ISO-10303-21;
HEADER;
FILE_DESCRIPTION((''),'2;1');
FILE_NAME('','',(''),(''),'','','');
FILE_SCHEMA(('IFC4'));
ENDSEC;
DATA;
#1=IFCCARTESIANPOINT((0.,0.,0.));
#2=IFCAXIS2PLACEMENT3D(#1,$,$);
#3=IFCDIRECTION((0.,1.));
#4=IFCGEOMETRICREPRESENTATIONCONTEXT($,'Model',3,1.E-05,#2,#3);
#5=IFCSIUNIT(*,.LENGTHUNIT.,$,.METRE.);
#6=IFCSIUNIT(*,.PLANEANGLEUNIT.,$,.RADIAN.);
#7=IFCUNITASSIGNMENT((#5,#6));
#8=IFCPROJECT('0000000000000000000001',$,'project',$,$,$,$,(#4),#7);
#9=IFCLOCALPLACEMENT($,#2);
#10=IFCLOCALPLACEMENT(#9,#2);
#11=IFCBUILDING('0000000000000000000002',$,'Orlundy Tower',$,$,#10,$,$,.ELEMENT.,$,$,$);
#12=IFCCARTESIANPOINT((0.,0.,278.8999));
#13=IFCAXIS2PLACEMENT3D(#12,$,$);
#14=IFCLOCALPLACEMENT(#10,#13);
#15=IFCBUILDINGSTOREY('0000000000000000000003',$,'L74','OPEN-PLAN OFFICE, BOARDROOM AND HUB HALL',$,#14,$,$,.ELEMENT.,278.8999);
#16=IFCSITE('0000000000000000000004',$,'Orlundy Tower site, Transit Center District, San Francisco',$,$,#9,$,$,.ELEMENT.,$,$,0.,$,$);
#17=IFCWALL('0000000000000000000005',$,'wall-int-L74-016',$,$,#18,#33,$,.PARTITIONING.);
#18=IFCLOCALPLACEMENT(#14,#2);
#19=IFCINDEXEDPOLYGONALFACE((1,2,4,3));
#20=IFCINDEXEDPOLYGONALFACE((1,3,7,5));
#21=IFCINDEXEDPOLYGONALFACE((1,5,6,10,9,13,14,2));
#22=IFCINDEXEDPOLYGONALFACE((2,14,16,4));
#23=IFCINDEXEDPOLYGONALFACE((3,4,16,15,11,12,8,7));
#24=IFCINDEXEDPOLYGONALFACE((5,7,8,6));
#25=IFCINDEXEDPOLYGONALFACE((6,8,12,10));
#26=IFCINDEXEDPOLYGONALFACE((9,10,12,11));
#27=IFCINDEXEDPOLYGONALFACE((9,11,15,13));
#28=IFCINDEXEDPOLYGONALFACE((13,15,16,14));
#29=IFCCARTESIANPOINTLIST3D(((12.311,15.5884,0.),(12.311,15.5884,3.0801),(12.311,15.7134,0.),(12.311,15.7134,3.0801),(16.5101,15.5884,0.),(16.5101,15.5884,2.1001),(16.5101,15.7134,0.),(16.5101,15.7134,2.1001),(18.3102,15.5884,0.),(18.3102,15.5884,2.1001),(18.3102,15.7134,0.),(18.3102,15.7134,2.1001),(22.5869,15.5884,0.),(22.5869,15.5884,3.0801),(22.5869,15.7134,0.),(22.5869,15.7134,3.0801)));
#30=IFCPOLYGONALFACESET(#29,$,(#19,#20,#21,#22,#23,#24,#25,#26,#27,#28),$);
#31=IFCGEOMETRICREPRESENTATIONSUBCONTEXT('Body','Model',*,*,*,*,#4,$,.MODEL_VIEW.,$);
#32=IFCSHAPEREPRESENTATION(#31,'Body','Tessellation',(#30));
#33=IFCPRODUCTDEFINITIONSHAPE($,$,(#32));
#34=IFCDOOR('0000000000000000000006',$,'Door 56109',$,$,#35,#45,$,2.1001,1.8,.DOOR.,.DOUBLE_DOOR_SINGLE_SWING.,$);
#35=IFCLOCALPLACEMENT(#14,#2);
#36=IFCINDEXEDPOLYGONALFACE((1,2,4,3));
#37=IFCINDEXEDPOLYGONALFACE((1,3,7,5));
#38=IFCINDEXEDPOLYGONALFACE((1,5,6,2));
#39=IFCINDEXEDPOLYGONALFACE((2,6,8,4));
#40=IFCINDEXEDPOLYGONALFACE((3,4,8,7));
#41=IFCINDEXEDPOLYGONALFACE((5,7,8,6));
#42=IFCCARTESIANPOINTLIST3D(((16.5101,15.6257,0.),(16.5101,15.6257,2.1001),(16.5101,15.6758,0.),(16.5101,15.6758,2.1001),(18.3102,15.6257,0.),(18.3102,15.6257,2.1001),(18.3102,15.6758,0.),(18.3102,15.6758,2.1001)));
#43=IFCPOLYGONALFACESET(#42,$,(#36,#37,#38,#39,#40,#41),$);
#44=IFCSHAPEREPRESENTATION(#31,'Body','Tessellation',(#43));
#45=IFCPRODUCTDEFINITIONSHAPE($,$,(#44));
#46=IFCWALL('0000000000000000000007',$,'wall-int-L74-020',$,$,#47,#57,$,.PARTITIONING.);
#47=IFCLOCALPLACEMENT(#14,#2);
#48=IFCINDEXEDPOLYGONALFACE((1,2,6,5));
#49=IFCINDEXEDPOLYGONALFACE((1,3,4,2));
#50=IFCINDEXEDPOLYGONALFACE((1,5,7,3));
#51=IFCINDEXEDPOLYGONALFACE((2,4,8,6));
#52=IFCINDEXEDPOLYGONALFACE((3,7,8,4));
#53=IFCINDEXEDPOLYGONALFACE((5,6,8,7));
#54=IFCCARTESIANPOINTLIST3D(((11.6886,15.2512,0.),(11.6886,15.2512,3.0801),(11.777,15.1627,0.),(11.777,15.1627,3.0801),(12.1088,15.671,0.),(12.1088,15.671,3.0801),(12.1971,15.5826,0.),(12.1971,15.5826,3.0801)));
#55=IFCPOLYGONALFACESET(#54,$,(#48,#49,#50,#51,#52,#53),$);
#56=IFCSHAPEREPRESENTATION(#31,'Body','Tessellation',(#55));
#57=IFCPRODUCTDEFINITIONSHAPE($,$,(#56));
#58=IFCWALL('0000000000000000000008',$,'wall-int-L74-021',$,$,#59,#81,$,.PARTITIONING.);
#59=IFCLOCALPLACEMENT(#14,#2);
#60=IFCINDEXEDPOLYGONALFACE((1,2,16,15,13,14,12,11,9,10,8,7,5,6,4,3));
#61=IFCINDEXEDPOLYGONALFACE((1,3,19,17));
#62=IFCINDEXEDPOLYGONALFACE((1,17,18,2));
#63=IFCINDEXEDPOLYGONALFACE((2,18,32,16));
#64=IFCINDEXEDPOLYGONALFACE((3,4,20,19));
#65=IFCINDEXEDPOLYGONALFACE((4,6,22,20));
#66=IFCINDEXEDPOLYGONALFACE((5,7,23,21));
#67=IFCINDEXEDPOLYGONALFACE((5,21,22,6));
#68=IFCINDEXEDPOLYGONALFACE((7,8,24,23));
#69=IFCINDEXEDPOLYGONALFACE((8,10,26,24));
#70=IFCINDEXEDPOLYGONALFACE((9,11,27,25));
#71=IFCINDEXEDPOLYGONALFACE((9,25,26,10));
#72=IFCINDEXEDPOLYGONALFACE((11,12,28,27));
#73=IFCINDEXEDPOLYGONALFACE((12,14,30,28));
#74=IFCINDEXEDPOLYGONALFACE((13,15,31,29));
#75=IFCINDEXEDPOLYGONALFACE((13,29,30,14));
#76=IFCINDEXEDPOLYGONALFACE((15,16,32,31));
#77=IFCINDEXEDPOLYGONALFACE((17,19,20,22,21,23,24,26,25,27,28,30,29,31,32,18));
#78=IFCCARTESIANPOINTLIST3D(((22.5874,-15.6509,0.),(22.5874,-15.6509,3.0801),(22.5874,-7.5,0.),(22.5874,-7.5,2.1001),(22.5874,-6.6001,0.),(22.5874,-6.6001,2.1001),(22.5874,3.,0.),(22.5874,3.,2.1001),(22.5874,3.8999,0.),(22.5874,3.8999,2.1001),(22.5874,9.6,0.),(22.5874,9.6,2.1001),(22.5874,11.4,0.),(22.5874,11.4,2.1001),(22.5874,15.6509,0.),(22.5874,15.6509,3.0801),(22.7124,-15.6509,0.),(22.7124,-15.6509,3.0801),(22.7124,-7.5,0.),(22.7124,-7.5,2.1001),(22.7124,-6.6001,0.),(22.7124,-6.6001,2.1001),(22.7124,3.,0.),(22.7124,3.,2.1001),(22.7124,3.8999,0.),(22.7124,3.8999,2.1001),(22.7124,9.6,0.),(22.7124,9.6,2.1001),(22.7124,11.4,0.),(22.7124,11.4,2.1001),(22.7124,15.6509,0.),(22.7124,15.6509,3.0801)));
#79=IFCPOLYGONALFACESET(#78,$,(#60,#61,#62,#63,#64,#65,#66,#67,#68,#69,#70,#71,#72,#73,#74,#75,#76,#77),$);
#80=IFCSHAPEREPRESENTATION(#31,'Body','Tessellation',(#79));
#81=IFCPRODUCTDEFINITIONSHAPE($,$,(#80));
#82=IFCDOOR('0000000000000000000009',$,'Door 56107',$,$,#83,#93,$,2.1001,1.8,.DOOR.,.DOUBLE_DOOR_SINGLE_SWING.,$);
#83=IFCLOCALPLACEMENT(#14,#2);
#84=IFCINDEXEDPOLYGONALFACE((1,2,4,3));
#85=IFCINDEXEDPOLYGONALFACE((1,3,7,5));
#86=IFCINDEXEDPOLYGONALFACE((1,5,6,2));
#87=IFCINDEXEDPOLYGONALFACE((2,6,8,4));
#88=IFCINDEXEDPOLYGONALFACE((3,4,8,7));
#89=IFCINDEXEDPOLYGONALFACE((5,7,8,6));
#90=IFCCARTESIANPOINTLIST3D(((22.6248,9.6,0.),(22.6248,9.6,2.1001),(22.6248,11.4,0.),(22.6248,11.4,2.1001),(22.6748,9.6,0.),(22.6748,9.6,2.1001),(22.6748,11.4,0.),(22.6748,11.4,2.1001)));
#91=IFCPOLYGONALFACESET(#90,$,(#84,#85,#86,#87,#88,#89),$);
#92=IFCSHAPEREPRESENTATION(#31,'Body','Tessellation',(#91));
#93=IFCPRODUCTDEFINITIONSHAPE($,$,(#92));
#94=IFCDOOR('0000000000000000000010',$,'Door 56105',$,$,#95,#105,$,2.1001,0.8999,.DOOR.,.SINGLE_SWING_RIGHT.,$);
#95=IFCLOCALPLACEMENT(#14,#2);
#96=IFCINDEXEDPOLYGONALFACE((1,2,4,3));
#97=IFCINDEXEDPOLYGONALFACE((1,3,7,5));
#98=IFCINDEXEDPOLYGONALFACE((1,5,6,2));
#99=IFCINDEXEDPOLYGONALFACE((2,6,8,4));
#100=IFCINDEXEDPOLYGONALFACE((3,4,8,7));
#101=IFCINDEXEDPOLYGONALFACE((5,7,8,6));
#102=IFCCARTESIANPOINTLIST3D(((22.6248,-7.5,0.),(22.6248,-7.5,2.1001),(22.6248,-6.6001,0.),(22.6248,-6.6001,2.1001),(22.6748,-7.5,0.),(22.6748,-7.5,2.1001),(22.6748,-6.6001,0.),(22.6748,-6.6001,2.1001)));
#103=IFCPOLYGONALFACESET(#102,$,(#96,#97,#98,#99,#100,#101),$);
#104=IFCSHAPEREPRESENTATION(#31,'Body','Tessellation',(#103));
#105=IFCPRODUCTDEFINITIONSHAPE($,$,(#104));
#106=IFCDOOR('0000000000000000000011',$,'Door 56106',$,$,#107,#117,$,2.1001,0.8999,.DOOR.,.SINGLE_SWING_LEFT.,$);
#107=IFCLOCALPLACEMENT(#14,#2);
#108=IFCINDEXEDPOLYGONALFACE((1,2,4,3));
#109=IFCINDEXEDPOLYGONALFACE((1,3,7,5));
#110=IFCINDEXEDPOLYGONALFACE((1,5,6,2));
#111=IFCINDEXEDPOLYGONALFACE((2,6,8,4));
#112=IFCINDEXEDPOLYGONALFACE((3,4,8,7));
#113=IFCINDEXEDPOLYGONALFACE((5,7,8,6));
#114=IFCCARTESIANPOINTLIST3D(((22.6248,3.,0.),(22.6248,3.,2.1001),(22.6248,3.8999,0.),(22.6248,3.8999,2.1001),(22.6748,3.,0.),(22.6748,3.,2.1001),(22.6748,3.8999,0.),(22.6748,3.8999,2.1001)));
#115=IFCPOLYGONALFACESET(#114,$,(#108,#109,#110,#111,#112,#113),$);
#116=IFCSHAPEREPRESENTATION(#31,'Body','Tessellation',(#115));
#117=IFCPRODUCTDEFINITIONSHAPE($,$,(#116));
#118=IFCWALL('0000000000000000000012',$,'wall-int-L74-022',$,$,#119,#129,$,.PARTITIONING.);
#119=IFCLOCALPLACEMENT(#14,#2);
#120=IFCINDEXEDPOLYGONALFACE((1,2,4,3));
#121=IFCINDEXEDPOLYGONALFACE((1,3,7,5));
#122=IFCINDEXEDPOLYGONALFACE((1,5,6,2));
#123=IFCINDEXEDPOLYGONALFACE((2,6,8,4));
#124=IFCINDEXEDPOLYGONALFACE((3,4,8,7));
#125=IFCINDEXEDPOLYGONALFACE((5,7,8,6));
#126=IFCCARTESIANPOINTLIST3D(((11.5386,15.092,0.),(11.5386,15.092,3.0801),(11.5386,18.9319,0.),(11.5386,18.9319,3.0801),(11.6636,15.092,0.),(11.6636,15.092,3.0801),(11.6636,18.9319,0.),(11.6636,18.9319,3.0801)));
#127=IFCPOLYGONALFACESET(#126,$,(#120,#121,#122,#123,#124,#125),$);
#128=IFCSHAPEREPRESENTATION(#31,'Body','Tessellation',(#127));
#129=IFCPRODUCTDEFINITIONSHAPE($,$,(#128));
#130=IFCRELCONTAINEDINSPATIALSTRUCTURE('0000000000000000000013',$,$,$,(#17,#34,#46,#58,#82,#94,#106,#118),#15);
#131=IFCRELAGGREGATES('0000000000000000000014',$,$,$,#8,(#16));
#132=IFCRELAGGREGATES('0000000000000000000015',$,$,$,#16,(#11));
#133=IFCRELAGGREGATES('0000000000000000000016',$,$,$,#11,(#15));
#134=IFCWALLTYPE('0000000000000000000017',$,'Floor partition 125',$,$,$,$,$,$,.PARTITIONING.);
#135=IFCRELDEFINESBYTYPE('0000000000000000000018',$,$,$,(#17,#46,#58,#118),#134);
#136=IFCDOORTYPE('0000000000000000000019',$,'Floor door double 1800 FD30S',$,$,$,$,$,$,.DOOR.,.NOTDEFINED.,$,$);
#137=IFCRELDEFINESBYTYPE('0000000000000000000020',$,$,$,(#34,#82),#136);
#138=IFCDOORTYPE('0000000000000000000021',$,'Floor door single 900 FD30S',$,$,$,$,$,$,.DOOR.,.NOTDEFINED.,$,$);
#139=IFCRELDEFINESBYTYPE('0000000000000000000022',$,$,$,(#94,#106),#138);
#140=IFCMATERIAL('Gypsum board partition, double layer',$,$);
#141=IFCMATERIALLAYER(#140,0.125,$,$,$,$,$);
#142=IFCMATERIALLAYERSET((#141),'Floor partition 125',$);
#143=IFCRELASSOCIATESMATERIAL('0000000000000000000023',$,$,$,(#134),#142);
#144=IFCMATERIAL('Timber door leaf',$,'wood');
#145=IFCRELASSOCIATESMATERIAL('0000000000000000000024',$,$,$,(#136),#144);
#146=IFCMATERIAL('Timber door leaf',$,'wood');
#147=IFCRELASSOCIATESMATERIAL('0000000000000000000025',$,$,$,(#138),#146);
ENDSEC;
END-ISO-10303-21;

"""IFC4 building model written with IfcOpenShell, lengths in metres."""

from ifc_helpers import new_model, si_unit, direction, frame, frame_2d, origin, place, context, subcontext, project, spatial, rectangle, extrude, material, layer, layer_set, type_object, element, fill, save


model = new_model("IFC4")

# Units and contexts
model_context = context("Model", 3, precision=1e-05, world=origin(), true_north=direction((0.0, 1.0)))
body_context = subcontext(model_context, "Body", "Model", "MODEL_VIEW")
ifc_project = project(units=[si_unit("LENGTHUNIT", "METRE"), si_unit("PLANEANGLEUNIT", "RADIAN")], contexts=[model_context])

# Site, building, storey
site_placement = place(None, origin())
site = spatial("IfcSite", under=ifc_project, at=site_placement, Name="Orlundy Tower site, Transit Center District, San Francisco", CompositionType="ELEMENT", RefElevation=0.0)
building_placement = place(site_placement, origin())
building = spatial("IfcBuilding", under=site, at=building_placement, Name="Orlundy Tower", CompositionType="ELEMENT")
storey_placement = place(building_placement, frame((0.0, 0.0, 278.8999)))
storey = spatial("IfcBuildingStorey", under=building, at=storey_placement, Name="L74", Description="OPEN-PLAN OFFICE, BOARDROOM AND HUB HALL", CompositionType="ELEMENT", Elevation=278.8999)

# Wall, opening, door
ifc_material_1 = material(Name="Gypsum board partition, double layer")
ifc_layer_1 = layer(ifc_material_1, 0.125)
ifc_layer_set_1 = layer_set([ifc_layer_1], Name="Floor partition 125")
wall_type = type_object("IfcWallType", Name="Floor partition 125", PredefinedType="PARTITIONING", material=ifc_layer_set_1)
wall_1_placement = place(storey_placement, frame((12.311, 15.6509, 0.0), z_axis=(0.0, 0.0, 1.0), x_axis=(1.0, 0.0, 0.0)))
wall_1 = element("IfcWall", 1, at=wall_1_placement, inside=storey, type_object=wall_type, Name="wall-int-L74-016", PredefinedType="PARTITIONING", context=body_context, shape_type="SweptSolid", body=[
    extrude(rectangle(XDim=10.2759, YDim=0.125, at=frame_2d((5.1379, 0.0))), origin(), (0.0, 0.0, 1.0), 3.0801),
])
opening_1_placement = place(wall_1_placement, frame((4.1992, 0.0, 0.0)))
opening_1 = element("IfcOpeningElement", 2, at=opening_1_placement, cuts=wall_1, PredefinedType="OPENING", context=body_context, shape_type="SweptSolid", body=[
    extrude(rectangle(XDim=1.8, YDim=2.1001, at=frame_2d((0.8999, 1.05))), frame((0.0, 0.0725, 0.0), z_axis=(0.0, -1.0, 0.0), x_axis=(1.0, 0.0, 0.0)), (0.0, 0.0, 1.0), 0.145),
])
ifc_material_2 = material(Name="Timber door leaf", Category="wood")
door_type_1 = type_object("IfcDoorType", Name="Floor door double 1800 FD30S", OperationType="NOTDEFINED", PredefinedType="DOOR", material=ifc_material_2)
door_1_placement = place(opening_1_placement, origin())
door_1 = element("IfcDoor", 3, at=door_1_placement, inside=storey, type_object=door_type_1, Name="Door 56109", OperationType="DOUBLE_DOOR_SINGLE_SWING", OverallHeight=2.1001, OverallWidth=1.8, PredefinedType="DOOR", context=body_context, shape_type="SweptSolid", body=[
    extrude(rectangle(XDim=1.8, YDim=2.1001, at=frame_2d((0.8999, 1.05))), frame((0.0, 0.0249, 0.0), z_axis=(0.0, -1.0, 0.0), x_axis=(1.0, 0.0, 0.0)), (0.0, 0.0, 1.0), 0.05),
])
fill(opening_1, door_1)

# Wall
wall_2_placement = place(storey_placement, frame((11.7329, 15.207, 0.0), z_axis=(0.0, 0.0, 1.0), x_axis=(0.707312, 0.706901, 0.0)))
element("IfcWall", 4, at=wall_2_placement, inside=storey, type_object=wall_type, Name="wall-int-L74-020", PredefinedType="PARTITIONING", context=body_context, shape_type="SweptSolid", body=[
    extrude(rectangle(XDim=0.594, YDim=0.125, at=frame_2d((0.2969, 0.0))), origin(), (0.0, 0.0, 1.0), 3.0801),
])

# Wall, openings, doors
wall_3_placement = place(storey_placement, frame((22.6499, 15.6509, 0.0), z_axis=(0.0, 0.0, 1.0), x_axis=(0.0, -1.0, 0.0)))
wall_3 = element("IfcWall", 5, at=wall_3_placement, inside=storey, type_object=wall_type, Name="wall-int-L74-021", PredefinedType="PARTITIONING", context=body_context, shape_type="SweptSolid", body=[
    extrude(rectangle(XDim=31.3018, YDim=0.125, at=frame_2d((15.6509, 0.0))), origin(), (0.0, 0.0, 1.0), 3.0801),
])
opening_2_placement = place(wall_3_placement, frame((22.251, 0.0, 0.0)))
opening_2 = element("IfcOpeningElement", 6, at=opening_2_placement, cuts=wall_3, PredefinedType="OPENING", context=body_context, shape_type="SweptSolid", body=[
    extrude(rectangle(XDim=0.8999, YDim=2.1001, at=frame_2d((0.45, 1.05))), frame((0.0, 0.0725, 0.0), z_axis=(0.0, -1.0, 0.0), x_axis=(1.0, 0.0, 0.0)), (0.0, 0.0, 1.0), 0.145),
])
opening_3_placement = place(wall_3_placement, frame((11.751, 0.0, 0.0)))
opening_3 = element("IfcOpeningElement", 7, at=opening_3_placement, cuts=wall_3, PredefinedType="OPENING", context=body_context, shape_type="SweptSolid", body=[
    extrude(rectangle(XDim=0.8999, YDim=2.1001, at=frame_2d((0.45, 1.05))), frame((0.0, 0.0725, 0.0), z_axis=(0.0, -1.0, 0.0), x_axis=(1.0, 0.0, 0.0)), (0.0, 0.0, 1.0), 0.145),
])
opening_4_placement = place(wall_3_placement, frame((4.251, 0.0, 0.0)))
opening_4 = element("IfcOpeningElement", 8, at=opening_4_placement, cuts=wall_3, PredefinedType="OPENING", context=body_context, shape_type="SweptSolid", body=[
    extrude(rectangle(XDim=1.8, YDim=2.1001, at=frame_2d((0.8999, 1.05))), frame((0.0, 0.0725, 0.0), z_axis=(0.0, -1.0, 0.0), x_axis=(1.0, 0.0, 0.0)), (0.0, 0.0, 1.0), 0.145),
])
door_2_placement = place(opening_4_placement, origin())
door_2 = element("IfcDoor", 9, at=door_2_placement, inside=storey, type_object=door_type_1, Name="Door 56107", OperationType="DOUBLE_DOOR_SINGLE_SWING", OverallHeight=2.1001, OverallWidth=1.8, PredefinedType="DOOR", context=body_context, shape_type="SweptSolid", body=[
    extrude(rectangle(XDim=1.8, YDim=2.1001, at=frame_2d((0.8999, 1.05))), frame((0.0, 0.0249, 0.0), z_axis=(0.0, -1.0, 0.0), x_axis=(1.0, 0.0, 0.0)), (0.0, 0.0, 1.0), 0.05),
])
fill(opening_4, door_2)
ifc_material_3 = material(Name="Timber door leaf", Category="wood")
door_type_2 = type_object("IfcDoorType", Name="Floor door single 900 FD30S", OperationType="NOTDEFINED", PredefinedType="DOOR", material=ifc_material_3)
door_3_placement = place(opening_2_placement, origin())
door_3 = element("IfcDoor", 10, at=door_3_placement, inside=storey, type_object=door_type_2, Name="Door 56105", OperationType="SINGLE_SWING_RIGHT", OverallHeight=2.1001, OverallWidth=0.8999, PredefinedType="DOOR", context=body_context, shape_type="SweptSolid", body=[
    extrude(rectangle(XDim=0.8999, YDim=2.1001, at=frame_2d((0.45, 1.05))), frame((0.0, 0.0249, 0.0), z_axis=(0.0, -1.0, 0.0), x_axis=(1.0, 0.0, 0.0)), (0.0, 0.0, 1.0), 0.05),
])
fill(opening_2, door_3)
door_4_placement = place(opening_3_placement, origin())
door_4 = element("IfcDoor", 11, at=door_4_placement, inside=storey, type_object=door_type_2, Name="Door 56106", OperationType="SINGLE_SWING_LEFT", OverallHeight=2.1001, OverallWidth=0.8999, PredefinedType="DOOR", context=body_context, shape_type="SweptSolid", body=[
    extrude(rectangle(XDim=0.8999, YDim=2.1001, at=frame_2d((0.45, 1.05))), frame((0.0, 0.0249, 0.0), z_axis=(0.0, -1.0, 0.0), x_axis=(1.0, 0.0, 0.0)), (0.0, 0.0, 1.0), 0.05),
])
fill(opening_3, door_4)

# Wall
wall_4_placement = place(storey_placement, frame((11.6011, 15.092, 0.0), z_axis=(0.0, 0.0, 1.0), x_axis=(0.0, 1.0, 0.0)))
element("IfcWall", 12, at=wall_4_placement, inside=storey, type_object=wall_type, Name="wall-int-L74-022", PredefinedType="PARTITIONING", context=body_context, shape_type="SweptSolid", body=[
    extrude(rectangle(XDim=3.8398, YDim=0.125, at=frame_2d((1.9199, 0.0))), origin(), (0.0, 0.0, 1.0), 3.0801),
])

save(model, "model.ifc")
